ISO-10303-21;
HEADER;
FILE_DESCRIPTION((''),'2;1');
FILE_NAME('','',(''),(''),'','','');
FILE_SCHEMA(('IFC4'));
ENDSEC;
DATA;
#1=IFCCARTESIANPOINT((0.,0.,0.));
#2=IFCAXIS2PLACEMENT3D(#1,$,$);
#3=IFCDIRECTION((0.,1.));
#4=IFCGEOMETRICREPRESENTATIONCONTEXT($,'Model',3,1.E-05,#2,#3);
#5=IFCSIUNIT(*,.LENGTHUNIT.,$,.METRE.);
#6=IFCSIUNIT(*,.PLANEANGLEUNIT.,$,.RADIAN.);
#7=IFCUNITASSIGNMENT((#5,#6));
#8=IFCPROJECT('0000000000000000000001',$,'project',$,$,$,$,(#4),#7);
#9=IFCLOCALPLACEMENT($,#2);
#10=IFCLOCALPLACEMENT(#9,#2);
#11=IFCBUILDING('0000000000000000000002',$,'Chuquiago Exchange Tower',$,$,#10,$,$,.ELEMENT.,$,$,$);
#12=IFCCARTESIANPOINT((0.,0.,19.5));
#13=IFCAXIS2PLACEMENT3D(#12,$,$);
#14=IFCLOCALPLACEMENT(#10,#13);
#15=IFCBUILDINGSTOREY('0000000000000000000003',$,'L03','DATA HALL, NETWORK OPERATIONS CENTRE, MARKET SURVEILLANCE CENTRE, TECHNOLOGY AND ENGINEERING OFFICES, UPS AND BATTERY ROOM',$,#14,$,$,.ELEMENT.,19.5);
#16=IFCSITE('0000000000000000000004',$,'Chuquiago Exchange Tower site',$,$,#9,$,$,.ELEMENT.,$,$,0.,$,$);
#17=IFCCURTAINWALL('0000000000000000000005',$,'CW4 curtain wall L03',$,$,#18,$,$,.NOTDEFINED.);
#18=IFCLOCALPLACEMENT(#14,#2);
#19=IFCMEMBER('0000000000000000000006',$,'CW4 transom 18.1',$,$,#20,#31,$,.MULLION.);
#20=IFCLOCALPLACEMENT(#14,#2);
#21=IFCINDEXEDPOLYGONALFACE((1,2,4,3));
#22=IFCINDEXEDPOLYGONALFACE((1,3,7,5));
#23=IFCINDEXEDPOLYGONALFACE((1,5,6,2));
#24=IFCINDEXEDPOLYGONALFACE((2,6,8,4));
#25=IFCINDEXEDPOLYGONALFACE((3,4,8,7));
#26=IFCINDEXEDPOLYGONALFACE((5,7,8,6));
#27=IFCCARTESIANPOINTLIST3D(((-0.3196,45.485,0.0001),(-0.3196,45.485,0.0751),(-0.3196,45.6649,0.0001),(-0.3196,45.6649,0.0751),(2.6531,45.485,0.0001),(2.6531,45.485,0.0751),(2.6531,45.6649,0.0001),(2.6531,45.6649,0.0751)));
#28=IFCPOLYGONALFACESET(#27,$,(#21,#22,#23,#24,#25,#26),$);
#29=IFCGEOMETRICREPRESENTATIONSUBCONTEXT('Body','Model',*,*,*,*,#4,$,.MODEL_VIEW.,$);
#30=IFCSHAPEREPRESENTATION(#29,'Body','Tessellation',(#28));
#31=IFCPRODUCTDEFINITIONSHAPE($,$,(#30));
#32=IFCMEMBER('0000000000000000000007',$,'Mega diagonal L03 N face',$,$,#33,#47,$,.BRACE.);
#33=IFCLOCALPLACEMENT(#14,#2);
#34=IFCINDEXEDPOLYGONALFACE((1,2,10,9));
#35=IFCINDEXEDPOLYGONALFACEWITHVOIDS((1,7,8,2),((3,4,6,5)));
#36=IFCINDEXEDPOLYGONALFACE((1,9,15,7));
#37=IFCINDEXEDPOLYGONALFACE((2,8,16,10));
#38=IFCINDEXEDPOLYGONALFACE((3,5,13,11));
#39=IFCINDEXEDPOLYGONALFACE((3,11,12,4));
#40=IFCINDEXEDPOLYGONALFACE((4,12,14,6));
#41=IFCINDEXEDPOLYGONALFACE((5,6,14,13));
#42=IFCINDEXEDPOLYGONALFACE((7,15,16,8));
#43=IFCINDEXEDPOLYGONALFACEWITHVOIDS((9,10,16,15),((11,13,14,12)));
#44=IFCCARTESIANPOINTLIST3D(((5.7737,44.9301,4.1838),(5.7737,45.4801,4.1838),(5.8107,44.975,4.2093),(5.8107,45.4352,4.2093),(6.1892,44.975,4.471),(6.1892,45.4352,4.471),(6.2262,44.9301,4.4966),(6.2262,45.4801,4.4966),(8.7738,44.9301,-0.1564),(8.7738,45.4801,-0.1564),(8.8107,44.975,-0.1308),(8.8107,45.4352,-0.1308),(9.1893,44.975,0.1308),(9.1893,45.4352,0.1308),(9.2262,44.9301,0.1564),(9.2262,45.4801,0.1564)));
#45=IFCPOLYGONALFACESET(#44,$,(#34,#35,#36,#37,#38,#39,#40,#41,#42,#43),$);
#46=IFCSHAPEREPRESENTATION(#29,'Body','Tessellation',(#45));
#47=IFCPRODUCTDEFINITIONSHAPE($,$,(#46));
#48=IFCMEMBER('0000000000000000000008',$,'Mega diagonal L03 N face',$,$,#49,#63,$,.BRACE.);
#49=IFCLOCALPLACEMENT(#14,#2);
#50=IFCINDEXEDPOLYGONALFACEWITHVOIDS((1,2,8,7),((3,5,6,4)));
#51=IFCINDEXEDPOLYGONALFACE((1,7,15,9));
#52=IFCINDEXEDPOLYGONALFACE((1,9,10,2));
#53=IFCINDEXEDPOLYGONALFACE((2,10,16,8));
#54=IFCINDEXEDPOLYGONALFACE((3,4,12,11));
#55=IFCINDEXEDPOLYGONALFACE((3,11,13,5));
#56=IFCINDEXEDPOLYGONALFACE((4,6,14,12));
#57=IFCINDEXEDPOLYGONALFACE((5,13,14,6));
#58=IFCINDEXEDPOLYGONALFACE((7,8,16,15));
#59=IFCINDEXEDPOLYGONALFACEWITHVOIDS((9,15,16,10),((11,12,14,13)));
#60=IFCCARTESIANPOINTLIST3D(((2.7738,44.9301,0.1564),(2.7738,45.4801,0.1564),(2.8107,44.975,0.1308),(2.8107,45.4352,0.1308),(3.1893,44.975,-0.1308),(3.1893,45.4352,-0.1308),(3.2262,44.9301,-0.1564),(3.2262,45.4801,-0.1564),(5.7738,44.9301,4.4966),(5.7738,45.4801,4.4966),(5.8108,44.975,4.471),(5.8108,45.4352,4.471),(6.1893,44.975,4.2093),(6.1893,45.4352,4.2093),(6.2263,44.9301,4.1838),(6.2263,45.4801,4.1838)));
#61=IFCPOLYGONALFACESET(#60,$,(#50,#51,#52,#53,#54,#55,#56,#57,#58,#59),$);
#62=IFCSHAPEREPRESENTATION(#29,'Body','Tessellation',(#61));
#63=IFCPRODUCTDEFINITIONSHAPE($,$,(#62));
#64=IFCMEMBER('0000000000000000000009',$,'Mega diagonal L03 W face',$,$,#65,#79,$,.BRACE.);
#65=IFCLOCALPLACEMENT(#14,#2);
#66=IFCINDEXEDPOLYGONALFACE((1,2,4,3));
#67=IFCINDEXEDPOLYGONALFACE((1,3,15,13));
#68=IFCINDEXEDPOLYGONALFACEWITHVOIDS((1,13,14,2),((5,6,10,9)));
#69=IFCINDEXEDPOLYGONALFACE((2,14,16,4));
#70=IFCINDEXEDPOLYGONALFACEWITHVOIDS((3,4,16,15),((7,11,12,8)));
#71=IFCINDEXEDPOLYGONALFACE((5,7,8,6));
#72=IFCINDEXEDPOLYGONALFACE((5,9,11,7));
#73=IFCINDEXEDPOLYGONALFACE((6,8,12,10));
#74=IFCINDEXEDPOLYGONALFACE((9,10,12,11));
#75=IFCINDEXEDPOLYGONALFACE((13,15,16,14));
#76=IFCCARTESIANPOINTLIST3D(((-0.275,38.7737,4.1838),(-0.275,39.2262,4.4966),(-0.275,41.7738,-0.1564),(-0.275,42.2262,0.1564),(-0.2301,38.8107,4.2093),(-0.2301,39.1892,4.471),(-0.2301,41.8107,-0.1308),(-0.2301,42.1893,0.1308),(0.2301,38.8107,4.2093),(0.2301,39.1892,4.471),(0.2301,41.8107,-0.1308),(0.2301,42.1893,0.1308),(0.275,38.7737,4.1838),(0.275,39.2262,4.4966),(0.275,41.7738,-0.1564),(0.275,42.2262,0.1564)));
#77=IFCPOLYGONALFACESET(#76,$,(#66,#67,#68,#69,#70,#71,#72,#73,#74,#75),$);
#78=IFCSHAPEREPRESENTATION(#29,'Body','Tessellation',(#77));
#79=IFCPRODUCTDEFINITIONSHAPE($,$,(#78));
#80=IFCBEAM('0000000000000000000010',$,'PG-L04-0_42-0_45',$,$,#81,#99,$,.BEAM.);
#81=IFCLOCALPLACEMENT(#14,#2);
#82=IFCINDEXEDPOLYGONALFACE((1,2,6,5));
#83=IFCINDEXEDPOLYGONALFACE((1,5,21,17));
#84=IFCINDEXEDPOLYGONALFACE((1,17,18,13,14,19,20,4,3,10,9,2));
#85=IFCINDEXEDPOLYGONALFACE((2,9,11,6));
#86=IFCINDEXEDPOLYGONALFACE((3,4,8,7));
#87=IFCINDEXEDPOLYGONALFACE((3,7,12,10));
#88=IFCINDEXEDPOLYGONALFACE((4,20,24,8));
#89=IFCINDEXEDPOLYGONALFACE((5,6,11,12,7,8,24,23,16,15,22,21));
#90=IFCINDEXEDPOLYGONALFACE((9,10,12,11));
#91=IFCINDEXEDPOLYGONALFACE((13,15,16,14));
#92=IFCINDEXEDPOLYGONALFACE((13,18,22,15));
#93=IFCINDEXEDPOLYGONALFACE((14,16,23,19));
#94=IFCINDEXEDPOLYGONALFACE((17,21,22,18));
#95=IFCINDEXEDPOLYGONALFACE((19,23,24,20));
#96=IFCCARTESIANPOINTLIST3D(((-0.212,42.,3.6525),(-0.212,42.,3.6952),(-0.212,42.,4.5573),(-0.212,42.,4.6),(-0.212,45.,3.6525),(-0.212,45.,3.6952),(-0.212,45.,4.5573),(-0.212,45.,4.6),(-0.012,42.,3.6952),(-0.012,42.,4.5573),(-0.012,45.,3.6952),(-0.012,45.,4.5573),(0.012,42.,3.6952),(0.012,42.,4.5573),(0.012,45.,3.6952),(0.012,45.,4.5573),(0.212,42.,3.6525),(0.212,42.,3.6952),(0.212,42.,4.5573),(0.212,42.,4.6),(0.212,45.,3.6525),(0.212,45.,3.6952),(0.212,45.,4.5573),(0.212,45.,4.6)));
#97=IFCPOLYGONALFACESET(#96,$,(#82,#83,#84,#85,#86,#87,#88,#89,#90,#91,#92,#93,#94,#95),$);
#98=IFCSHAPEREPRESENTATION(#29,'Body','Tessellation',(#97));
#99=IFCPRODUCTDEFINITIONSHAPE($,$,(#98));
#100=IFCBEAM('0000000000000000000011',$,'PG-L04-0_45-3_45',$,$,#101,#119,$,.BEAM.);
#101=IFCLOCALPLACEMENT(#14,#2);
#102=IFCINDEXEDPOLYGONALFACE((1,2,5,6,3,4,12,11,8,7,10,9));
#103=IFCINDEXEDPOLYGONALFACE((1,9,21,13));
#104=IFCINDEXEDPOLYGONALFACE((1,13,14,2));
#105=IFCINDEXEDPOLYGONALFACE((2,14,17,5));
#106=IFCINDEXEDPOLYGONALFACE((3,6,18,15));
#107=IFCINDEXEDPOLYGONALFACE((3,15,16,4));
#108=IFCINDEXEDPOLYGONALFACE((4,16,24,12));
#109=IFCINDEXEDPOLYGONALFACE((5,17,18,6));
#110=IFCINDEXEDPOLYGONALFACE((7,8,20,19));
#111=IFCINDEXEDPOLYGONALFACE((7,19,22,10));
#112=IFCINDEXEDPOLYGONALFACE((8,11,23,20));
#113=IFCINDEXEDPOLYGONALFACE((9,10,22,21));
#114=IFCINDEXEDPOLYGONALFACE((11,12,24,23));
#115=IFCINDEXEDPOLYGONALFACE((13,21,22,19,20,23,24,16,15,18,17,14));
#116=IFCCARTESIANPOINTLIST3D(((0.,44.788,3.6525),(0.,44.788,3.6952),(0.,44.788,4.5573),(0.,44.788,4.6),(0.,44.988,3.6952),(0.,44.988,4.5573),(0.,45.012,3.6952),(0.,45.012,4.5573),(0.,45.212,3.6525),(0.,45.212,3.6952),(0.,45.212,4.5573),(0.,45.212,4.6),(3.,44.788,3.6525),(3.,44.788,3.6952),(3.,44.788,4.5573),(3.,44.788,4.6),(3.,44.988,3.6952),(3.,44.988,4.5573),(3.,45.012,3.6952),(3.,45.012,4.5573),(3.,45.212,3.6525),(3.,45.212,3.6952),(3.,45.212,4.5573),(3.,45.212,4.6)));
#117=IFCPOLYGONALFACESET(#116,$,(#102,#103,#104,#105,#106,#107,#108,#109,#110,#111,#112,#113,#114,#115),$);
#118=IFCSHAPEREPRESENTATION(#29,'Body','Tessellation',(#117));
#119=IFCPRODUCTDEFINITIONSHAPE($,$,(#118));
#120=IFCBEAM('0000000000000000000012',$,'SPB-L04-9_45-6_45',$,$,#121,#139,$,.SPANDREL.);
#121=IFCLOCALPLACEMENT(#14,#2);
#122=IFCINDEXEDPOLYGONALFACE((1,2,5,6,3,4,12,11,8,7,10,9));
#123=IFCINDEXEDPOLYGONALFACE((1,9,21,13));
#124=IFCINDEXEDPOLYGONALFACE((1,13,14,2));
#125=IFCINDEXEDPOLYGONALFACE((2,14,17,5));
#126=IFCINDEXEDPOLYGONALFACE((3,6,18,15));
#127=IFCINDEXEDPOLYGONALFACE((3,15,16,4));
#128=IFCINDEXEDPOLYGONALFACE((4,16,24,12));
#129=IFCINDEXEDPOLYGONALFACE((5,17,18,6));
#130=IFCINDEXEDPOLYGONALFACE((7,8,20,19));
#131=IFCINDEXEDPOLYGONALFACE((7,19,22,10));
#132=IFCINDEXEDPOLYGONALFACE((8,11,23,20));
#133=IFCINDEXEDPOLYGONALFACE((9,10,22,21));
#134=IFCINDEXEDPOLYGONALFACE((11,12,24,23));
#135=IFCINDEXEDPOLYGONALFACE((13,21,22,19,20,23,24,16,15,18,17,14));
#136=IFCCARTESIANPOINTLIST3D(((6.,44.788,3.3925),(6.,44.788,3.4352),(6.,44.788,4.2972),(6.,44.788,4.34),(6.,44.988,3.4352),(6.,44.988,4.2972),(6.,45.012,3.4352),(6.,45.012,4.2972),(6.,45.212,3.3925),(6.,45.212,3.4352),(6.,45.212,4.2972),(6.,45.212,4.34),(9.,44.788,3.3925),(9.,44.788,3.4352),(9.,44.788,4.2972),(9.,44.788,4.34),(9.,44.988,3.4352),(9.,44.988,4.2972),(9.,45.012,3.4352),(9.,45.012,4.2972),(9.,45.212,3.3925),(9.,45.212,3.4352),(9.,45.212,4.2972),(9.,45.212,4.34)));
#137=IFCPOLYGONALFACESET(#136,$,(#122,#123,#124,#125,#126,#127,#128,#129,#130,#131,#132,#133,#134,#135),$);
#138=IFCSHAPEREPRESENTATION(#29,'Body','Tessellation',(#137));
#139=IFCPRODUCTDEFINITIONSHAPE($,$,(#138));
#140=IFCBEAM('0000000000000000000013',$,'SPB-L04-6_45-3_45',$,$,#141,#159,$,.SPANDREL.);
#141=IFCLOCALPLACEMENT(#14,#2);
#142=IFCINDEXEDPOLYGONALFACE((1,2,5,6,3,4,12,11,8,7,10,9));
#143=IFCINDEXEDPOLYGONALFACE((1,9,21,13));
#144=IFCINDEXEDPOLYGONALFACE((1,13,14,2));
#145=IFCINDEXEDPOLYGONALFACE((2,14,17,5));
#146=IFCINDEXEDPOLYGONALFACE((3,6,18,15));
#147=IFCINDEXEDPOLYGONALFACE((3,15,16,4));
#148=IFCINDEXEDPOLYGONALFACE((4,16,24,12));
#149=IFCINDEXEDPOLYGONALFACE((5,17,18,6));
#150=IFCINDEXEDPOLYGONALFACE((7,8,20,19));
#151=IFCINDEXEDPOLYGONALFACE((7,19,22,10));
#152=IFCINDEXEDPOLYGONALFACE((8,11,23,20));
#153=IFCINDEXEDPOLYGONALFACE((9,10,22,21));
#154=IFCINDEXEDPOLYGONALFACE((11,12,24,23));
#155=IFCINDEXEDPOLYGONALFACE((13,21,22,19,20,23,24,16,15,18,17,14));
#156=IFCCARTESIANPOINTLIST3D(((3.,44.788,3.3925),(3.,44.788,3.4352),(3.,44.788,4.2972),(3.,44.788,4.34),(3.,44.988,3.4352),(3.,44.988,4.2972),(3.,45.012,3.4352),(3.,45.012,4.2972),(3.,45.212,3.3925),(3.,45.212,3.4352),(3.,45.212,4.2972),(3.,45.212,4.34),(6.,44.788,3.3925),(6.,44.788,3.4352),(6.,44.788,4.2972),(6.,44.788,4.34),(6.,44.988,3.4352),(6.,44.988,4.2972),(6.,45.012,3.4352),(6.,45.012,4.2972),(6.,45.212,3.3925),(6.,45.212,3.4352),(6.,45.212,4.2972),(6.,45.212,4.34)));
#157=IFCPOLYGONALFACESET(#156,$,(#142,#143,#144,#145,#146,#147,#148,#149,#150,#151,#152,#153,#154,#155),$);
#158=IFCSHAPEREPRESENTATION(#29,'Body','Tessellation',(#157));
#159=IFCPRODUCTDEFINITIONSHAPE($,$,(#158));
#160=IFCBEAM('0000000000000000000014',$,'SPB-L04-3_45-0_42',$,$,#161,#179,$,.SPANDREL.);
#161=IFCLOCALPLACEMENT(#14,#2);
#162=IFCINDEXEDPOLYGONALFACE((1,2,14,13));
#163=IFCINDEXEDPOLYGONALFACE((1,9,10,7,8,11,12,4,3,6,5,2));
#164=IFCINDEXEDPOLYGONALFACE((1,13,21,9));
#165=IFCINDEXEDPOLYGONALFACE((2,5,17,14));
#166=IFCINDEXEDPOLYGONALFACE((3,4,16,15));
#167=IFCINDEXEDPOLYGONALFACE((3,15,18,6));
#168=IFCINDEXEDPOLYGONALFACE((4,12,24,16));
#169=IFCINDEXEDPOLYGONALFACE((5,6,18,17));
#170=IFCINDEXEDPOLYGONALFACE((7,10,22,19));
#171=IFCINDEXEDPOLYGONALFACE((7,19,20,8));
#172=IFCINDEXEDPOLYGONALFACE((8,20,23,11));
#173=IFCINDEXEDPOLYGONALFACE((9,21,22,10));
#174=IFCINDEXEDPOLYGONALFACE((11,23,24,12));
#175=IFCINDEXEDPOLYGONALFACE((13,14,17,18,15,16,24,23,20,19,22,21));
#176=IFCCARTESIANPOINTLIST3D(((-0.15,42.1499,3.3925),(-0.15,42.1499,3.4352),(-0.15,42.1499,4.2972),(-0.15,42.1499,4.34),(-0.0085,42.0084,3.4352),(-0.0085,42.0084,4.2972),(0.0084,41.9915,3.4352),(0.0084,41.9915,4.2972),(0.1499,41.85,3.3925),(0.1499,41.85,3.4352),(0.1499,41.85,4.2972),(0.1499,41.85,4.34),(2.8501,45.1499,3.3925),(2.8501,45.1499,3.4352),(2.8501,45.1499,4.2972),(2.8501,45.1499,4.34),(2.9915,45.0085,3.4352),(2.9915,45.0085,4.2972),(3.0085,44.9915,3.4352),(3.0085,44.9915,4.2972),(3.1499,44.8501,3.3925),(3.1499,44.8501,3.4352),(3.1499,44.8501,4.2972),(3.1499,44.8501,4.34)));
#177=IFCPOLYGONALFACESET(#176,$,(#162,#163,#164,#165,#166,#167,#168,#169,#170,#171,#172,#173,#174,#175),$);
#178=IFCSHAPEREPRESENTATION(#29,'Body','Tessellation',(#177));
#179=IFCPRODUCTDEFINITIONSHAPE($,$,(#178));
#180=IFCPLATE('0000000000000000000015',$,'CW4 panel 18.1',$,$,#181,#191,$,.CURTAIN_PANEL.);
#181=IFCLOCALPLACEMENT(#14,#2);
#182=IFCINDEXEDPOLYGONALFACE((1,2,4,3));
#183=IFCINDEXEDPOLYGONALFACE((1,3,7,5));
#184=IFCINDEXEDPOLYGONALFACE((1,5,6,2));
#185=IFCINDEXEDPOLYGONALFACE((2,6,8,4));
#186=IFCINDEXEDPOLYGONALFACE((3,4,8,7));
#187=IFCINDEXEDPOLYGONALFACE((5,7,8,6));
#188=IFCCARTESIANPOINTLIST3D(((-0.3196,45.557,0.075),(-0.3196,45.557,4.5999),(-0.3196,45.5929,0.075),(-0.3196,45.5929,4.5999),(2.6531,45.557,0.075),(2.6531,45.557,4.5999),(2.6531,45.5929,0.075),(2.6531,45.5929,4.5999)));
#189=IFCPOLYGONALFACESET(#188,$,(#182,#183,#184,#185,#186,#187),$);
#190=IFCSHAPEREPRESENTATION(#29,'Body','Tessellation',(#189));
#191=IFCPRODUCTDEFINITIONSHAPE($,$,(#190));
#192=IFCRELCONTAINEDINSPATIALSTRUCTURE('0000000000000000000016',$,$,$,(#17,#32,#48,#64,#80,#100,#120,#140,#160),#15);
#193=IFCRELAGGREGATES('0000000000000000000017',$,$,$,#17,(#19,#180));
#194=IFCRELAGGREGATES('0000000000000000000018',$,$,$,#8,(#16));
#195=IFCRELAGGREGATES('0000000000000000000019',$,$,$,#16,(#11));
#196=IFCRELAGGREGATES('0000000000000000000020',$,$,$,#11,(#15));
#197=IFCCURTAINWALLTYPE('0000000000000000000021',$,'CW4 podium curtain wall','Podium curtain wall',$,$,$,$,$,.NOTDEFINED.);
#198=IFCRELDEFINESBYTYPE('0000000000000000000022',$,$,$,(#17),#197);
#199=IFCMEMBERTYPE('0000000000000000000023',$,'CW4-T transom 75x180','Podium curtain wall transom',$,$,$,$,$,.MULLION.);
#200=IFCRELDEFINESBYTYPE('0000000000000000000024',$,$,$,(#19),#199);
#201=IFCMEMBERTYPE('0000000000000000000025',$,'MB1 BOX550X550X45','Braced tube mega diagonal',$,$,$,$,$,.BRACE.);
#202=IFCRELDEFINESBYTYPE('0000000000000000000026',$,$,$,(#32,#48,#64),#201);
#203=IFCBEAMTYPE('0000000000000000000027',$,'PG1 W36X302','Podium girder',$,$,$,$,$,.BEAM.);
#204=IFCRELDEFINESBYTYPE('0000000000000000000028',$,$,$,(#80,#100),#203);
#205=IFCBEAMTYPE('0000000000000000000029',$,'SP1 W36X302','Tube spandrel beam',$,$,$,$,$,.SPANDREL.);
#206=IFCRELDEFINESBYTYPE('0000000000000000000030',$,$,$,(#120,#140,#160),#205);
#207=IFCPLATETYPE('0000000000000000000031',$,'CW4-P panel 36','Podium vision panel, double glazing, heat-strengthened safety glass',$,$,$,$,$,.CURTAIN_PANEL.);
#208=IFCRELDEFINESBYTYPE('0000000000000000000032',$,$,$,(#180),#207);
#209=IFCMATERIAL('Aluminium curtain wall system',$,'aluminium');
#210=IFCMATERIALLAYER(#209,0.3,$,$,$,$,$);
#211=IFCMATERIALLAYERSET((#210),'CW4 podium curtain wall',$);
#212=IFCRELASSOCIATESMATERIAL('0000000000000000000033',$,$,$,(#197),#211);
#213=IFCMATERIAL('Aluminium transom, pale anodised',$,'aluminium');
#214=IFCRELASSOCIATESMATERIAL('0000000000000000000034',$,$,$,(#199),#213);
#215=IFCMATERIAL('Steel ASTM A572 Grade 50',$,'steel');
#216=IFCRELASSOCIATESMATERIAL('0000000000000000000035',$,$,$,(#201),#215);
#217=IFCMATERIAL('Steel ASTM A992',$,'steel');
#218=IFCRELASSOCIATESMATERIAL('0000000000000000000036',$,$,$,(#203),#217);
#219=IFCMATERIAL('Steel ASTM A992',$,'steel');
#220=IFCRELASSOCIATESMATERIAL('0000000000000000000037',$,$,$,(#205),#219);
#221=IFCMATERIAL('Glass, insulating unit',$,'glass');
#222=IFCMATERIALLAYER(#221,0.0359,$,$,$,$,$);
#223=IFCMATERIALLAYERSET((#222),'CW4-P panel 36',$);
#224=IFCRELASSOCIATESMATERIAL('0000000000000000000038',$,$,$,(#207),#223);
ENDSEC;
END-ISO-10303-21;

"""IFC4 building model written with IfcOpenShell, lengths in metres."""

from ifc_helpers import new_model, si_unit, direction, frame, origin, origin_2d, place, context, subcontext, project, spatial, rectangle, hollow_rectangle, i_section, extrude, material, layer, layer_set, material_profile, profile_set, type_object, element, aggregate, save


model = new_model("IFC4")

# Units and contexts
model_context = context("Model", 3, precision=1e-05, world=origin(), true_north=direction((0.0, 1.0)))
body_context = subcontext(model_context, "Body", "Model", "MODEL_VIEW")
ifc_project = project(units=[si_unit("LENGTHUNIT", "METRE"), si_unit("PLANEANGLEUNIT", "RADIAN")], contexts=[model_context])

# Site, building, storey
site_placement = place(None, origin())
site = spatial("IfcSite", under=ifc_project, at=site_placement, Name="Chuquiago Exchange Tower site", CompositionType="ELEMENT", RefElevation=0.0)
building_placement = place(site_placement, origin())
building = spatial("IfcBuilding", under=site, at=building_placement, Name="Chuquiago Exchange Tower", CompositionType="ELEMENT")
storey_placement = place(building_placement, frame((0.0, 0.0, 19.5)))
storey = spatial("IfcBuildingStorey", under=building, at=storey_placement, Name="L03", Description="DATA HALL, NETWORK OPERATIONS CENTRE, MARKET SURVEILLANCE CENTRE, TECHNOLOGY AND ENGINEERING OFFICES, UPS AND BATTERY ROOM", CompositionType="ELEMENT", Elevation=19.5)

# Curtain wall, member
ifc_material_1 = material(Name="Aluminium curtain wall system", Category="aluminium")
ifc_layer_1 = layer(ifc_material_1, 0.3)
ifc_layer_set_1 = layer_set([ifc_layer_1], Name="CW4 podium curtain wall")
curtain_wall_type = type_object("IfcCurtainWallType", Name="CW4 podium curtain wall", Description="Podium curtain wall", PredefinedType="NOTDEFINED", material=ifc_layer_set_1)
curtain_wall_placement = place(storey_placement, origin())
curtain_wall = element("IfcCurtainWall", 1, at=curtain_wall_placement, inside=storey, type_object=curtain_wall_type, Name="CW4 curtain wall L03", PredefinedType="NOTDEFINED")
ifc_material_2 = material(Name="Aluminium transom, pale anodised", Category="aluminium")
ifc_material_profile_1 = material_profile(ifc_material_2, rectangle(XDim=0.1799, YDim=0.075, at=origin_2d()), Name="AL 180x75")
ifc_profile_set_1 = profile_set([ifc_material_profile_1], Name="Aluminium transom, pale anodised")
member_type_1 = type_object("IfcMemberType", Name="CW4-T transom 75x180", Description="Podium curtain wall transom", PredefinedType="MULLION", material=ifc_profile_set_1)
member_1_placement = place(storey_placement, frame((2.6531, 45.575, 0.0376), z_axis=(-1.0, 0.0, 0.0), x_axis=(0.0, -1.0, 0.0)))
member_1 = element("IfcMember", 2, at=member_1_placement, type_object=member_type_1, Name="CW4 transom 18.1", PredefinedType="MULLION", context=body_context, shape_type="SweptSolid", body=[
    extrude(rectangle(XDim=0.1799, YDim=0.075, at=origin_2d()), origin(), (0.0, 0.0, 1.0), 2.9727),
])

# Members
ifc_material_3 = material(Name="Steel ASTM A572 Grade 50", Category="steel")
ifc_material_profile_2 = material_profile(ifc_material_3, hollow_rectangle(XDim=0.55, YDim=0.55, WallThickness=0.0449, at=origin_2d()), Name="BOX550X550X45")
ifc_profile_set_2 = profile_set([ifc_material_profile_2], Name="Steel ASTM A572 Grade 50")
member_type_2 = type_object("IfcMemberType", Name="MB1 BOX550X550X45", Description="Braced tube mega diagonal", PredefinedType="BRACE", material=ifc_profile_set_2)
for number, where, z_axis, x_axis, name in (
    (3, (9.0, 45.2051, 0.0), (-0.568611, 0.0, 0.822607), (0.0, -1.0, 0.0), "Mega diagonal L03 N face"),
    (4, (3.0, 45.2051, 0.0), (0.568611, 0.0, 0.822607), (0.0, 1.0, 0.0), "Mega diagonal L03 N face"),
    (5, (0.0, 42.0, 0.0), (0.0, -0.568611, 0.822607), (1.0, 0.0, 0.0), "Mega diagonal L03 W face"),
):
    element("IfcMember", number, at=place(storey_placement, frame(where, z_axis=z_axis, x_axis=x_axis)), inside=storey, type_object=member_type_2, Name=name, PredefinedType="BRACE", context=body_context, shape_type="SweptSolid", body=[
        extrude(hollow_rectangle(XDim=0.55, YDim=0.55, WallThickness=0.0449, at=origin_2d()), origin(), (0.0, 0.0, 1.0), 5.2761),
    ])

# Beams
ifc_material_4 = material(Name="Steel ASTM A992", Category="steel")
ifc_material_profile_3 = material_profile(ifc_material_4, i_section(OverallWidth=0.4241, OverallDepth=0.9475, WebThickness=0.0239, FlangeThickness=0.0427, at=origin_2d()), Name="W36X302")
ifc_profile_set_3 = profile_set([ifc_material_profile_3], Name="Steel ASTM A992")
beam_type_1 = type_object("IfcBeamType", Name="PG1 W36X302", Description="Podium girder", PredefinedType="BEAM", material=ifc_profile_set_3)
for number, where, z_axis, x_axis, name in (
    (6, (0.0, 42.0, 4.1262), (0.0, 1.0, 0.0), (-1.0, 0.0, 0.0), "PG-L04-0_42-0_45"),
    (7, (0.0, 45.0, 4.1262), (1.0, 0.0, 0.0), (0.0, 1.0, 0.0), "PG-L04-0_45-3_45"),
):
    element("IfcBeam", number, at=place(storey_placement, frame(where, z_axis=z_axis, x_axis=x_axis)), inside=storey, type_object=beam_type_1, Name=name, PredefinedType="BEAM", context=body_context, shape_type="SweptSolid", body=[
        extrude(i_section(OverallWidth=0.4241, OverallDepth=0.9475, WebThickness=0.0239, FlangeThickness=0.0427, at=origin_2d()), origin(), (0.0, 0.0, 1.0), 3.0),
    ])
ifc_material_5 = material(Name="Steel ASTM A992", Category="steel")
ifc_material_profile_4 = material_profile(ifc_material_5, i_section(OverallWidth=0.4241, OverallDepth=0.9475, WebThickness=0.0239, FlangeThickness=0.0427, at=origin_2d()), Name="W36X302")
ifc_profile_set_4 = profile_set([ifc_material_profile_4], Name="Steel ASTM A992")
beam_type_2 = type_object("IfcBeamType", Name="SP1 W36X302", Description="Tube spandrel beam", PredefinedType="SPANDREL", material=ifc_profile_set_4)
for number, where, z_axis, x_axis, name in (
    (8, (9.0, 45.0, 3.8662), (-1.0, 0.0, 0.0), (0.0, -1.0, 0.0), "SPB-L04-9_45-6_45"),
    (9, (6.0, 45.0, 3.8662), (-1.0, 0.0, 0.0), (0.0, -1.0, 0.0), "SPB-L04-6_45-3_45"),
):
    element("IfcBeam", number, at=place(storey_placement, frame(where, z_axis=z_axis, x_axis=x_axis)), inside=storey, type_object=beam_type_2, Name=name, PredefinedType="SPANDREL", context=body_context, shape_type="SweptSolid", body=[
        extrude(i_section(OverallWidth=0.4241, OverallDepth=0.9475, WebThickness=0.0239, FlangeThickness=0.0427, at=origin_2d()), origin(), (0.0, 0.0, 1.0), 3.0),
    ])
beam_placement = place(storey_placement, frame((3.0, 45.0, 3.8662), z_axis=(-0.707107, -0.707107, 0.0), x_axis=(0.707107, -0.707107, 0.0)))
element("IfcBeam", 10, at=beam_placement, inside=storey, type_object=beam_type_2, Name="SPB-L04-3_45-0_42", PredefinedType="SPANDREL", context=body_context, shape_type="SweptSolid", body=[
    extrude(i_section(OverallWidth=0.4241, OverallDepth=0.9475, WebThickness=0.0239, FlangeThickness=0.0427, at=origin_2d()), origin(), (0.0, 0.0, 1.0), 4.2427),
])

# Plate
ifc_material_6 = material(Name="Glass, insulating unit", Category="glass")
ifc_layer_2 = layer(ifc_material_6, 0.0359)
ifc_layer_set_2 = layer_set([ifc_layer_2], Name="CW4-P panel 36")
plate_type_1 = type_object("IfcPlateType", Name="CW4-P panel 36", Description="Podium vision panel, double glazing, heat-strengthened safety glass", PredefinedType="CURTAIN_PANEL", material=ifc_layer_set_2)
plate_1_placement = place(storey_placement, frame((1.1667, 45.575, 0.075), z_axis=(0.0, 0.0, 1.0), x_axis=(-1.0, 0.0, 0.0)))
plate_1 = element("IfcPlate", 11, at=plate_1_placement, type_object=plate_type_1, Name="CW4 panel 18.1", PredefinedType="CURTAIN_PANEL", context=body_context, shape_type="SweptSolid", body=[
    extrude(rectangle(XDim=2.9727, YDim=0.0359, at=origin_2d()), origin(), (0.0, 0.0, 1.0), 4.5249),
])
aggregate(curtain_wall, [member_1, plate_1])

save(model, "model.ifc")
